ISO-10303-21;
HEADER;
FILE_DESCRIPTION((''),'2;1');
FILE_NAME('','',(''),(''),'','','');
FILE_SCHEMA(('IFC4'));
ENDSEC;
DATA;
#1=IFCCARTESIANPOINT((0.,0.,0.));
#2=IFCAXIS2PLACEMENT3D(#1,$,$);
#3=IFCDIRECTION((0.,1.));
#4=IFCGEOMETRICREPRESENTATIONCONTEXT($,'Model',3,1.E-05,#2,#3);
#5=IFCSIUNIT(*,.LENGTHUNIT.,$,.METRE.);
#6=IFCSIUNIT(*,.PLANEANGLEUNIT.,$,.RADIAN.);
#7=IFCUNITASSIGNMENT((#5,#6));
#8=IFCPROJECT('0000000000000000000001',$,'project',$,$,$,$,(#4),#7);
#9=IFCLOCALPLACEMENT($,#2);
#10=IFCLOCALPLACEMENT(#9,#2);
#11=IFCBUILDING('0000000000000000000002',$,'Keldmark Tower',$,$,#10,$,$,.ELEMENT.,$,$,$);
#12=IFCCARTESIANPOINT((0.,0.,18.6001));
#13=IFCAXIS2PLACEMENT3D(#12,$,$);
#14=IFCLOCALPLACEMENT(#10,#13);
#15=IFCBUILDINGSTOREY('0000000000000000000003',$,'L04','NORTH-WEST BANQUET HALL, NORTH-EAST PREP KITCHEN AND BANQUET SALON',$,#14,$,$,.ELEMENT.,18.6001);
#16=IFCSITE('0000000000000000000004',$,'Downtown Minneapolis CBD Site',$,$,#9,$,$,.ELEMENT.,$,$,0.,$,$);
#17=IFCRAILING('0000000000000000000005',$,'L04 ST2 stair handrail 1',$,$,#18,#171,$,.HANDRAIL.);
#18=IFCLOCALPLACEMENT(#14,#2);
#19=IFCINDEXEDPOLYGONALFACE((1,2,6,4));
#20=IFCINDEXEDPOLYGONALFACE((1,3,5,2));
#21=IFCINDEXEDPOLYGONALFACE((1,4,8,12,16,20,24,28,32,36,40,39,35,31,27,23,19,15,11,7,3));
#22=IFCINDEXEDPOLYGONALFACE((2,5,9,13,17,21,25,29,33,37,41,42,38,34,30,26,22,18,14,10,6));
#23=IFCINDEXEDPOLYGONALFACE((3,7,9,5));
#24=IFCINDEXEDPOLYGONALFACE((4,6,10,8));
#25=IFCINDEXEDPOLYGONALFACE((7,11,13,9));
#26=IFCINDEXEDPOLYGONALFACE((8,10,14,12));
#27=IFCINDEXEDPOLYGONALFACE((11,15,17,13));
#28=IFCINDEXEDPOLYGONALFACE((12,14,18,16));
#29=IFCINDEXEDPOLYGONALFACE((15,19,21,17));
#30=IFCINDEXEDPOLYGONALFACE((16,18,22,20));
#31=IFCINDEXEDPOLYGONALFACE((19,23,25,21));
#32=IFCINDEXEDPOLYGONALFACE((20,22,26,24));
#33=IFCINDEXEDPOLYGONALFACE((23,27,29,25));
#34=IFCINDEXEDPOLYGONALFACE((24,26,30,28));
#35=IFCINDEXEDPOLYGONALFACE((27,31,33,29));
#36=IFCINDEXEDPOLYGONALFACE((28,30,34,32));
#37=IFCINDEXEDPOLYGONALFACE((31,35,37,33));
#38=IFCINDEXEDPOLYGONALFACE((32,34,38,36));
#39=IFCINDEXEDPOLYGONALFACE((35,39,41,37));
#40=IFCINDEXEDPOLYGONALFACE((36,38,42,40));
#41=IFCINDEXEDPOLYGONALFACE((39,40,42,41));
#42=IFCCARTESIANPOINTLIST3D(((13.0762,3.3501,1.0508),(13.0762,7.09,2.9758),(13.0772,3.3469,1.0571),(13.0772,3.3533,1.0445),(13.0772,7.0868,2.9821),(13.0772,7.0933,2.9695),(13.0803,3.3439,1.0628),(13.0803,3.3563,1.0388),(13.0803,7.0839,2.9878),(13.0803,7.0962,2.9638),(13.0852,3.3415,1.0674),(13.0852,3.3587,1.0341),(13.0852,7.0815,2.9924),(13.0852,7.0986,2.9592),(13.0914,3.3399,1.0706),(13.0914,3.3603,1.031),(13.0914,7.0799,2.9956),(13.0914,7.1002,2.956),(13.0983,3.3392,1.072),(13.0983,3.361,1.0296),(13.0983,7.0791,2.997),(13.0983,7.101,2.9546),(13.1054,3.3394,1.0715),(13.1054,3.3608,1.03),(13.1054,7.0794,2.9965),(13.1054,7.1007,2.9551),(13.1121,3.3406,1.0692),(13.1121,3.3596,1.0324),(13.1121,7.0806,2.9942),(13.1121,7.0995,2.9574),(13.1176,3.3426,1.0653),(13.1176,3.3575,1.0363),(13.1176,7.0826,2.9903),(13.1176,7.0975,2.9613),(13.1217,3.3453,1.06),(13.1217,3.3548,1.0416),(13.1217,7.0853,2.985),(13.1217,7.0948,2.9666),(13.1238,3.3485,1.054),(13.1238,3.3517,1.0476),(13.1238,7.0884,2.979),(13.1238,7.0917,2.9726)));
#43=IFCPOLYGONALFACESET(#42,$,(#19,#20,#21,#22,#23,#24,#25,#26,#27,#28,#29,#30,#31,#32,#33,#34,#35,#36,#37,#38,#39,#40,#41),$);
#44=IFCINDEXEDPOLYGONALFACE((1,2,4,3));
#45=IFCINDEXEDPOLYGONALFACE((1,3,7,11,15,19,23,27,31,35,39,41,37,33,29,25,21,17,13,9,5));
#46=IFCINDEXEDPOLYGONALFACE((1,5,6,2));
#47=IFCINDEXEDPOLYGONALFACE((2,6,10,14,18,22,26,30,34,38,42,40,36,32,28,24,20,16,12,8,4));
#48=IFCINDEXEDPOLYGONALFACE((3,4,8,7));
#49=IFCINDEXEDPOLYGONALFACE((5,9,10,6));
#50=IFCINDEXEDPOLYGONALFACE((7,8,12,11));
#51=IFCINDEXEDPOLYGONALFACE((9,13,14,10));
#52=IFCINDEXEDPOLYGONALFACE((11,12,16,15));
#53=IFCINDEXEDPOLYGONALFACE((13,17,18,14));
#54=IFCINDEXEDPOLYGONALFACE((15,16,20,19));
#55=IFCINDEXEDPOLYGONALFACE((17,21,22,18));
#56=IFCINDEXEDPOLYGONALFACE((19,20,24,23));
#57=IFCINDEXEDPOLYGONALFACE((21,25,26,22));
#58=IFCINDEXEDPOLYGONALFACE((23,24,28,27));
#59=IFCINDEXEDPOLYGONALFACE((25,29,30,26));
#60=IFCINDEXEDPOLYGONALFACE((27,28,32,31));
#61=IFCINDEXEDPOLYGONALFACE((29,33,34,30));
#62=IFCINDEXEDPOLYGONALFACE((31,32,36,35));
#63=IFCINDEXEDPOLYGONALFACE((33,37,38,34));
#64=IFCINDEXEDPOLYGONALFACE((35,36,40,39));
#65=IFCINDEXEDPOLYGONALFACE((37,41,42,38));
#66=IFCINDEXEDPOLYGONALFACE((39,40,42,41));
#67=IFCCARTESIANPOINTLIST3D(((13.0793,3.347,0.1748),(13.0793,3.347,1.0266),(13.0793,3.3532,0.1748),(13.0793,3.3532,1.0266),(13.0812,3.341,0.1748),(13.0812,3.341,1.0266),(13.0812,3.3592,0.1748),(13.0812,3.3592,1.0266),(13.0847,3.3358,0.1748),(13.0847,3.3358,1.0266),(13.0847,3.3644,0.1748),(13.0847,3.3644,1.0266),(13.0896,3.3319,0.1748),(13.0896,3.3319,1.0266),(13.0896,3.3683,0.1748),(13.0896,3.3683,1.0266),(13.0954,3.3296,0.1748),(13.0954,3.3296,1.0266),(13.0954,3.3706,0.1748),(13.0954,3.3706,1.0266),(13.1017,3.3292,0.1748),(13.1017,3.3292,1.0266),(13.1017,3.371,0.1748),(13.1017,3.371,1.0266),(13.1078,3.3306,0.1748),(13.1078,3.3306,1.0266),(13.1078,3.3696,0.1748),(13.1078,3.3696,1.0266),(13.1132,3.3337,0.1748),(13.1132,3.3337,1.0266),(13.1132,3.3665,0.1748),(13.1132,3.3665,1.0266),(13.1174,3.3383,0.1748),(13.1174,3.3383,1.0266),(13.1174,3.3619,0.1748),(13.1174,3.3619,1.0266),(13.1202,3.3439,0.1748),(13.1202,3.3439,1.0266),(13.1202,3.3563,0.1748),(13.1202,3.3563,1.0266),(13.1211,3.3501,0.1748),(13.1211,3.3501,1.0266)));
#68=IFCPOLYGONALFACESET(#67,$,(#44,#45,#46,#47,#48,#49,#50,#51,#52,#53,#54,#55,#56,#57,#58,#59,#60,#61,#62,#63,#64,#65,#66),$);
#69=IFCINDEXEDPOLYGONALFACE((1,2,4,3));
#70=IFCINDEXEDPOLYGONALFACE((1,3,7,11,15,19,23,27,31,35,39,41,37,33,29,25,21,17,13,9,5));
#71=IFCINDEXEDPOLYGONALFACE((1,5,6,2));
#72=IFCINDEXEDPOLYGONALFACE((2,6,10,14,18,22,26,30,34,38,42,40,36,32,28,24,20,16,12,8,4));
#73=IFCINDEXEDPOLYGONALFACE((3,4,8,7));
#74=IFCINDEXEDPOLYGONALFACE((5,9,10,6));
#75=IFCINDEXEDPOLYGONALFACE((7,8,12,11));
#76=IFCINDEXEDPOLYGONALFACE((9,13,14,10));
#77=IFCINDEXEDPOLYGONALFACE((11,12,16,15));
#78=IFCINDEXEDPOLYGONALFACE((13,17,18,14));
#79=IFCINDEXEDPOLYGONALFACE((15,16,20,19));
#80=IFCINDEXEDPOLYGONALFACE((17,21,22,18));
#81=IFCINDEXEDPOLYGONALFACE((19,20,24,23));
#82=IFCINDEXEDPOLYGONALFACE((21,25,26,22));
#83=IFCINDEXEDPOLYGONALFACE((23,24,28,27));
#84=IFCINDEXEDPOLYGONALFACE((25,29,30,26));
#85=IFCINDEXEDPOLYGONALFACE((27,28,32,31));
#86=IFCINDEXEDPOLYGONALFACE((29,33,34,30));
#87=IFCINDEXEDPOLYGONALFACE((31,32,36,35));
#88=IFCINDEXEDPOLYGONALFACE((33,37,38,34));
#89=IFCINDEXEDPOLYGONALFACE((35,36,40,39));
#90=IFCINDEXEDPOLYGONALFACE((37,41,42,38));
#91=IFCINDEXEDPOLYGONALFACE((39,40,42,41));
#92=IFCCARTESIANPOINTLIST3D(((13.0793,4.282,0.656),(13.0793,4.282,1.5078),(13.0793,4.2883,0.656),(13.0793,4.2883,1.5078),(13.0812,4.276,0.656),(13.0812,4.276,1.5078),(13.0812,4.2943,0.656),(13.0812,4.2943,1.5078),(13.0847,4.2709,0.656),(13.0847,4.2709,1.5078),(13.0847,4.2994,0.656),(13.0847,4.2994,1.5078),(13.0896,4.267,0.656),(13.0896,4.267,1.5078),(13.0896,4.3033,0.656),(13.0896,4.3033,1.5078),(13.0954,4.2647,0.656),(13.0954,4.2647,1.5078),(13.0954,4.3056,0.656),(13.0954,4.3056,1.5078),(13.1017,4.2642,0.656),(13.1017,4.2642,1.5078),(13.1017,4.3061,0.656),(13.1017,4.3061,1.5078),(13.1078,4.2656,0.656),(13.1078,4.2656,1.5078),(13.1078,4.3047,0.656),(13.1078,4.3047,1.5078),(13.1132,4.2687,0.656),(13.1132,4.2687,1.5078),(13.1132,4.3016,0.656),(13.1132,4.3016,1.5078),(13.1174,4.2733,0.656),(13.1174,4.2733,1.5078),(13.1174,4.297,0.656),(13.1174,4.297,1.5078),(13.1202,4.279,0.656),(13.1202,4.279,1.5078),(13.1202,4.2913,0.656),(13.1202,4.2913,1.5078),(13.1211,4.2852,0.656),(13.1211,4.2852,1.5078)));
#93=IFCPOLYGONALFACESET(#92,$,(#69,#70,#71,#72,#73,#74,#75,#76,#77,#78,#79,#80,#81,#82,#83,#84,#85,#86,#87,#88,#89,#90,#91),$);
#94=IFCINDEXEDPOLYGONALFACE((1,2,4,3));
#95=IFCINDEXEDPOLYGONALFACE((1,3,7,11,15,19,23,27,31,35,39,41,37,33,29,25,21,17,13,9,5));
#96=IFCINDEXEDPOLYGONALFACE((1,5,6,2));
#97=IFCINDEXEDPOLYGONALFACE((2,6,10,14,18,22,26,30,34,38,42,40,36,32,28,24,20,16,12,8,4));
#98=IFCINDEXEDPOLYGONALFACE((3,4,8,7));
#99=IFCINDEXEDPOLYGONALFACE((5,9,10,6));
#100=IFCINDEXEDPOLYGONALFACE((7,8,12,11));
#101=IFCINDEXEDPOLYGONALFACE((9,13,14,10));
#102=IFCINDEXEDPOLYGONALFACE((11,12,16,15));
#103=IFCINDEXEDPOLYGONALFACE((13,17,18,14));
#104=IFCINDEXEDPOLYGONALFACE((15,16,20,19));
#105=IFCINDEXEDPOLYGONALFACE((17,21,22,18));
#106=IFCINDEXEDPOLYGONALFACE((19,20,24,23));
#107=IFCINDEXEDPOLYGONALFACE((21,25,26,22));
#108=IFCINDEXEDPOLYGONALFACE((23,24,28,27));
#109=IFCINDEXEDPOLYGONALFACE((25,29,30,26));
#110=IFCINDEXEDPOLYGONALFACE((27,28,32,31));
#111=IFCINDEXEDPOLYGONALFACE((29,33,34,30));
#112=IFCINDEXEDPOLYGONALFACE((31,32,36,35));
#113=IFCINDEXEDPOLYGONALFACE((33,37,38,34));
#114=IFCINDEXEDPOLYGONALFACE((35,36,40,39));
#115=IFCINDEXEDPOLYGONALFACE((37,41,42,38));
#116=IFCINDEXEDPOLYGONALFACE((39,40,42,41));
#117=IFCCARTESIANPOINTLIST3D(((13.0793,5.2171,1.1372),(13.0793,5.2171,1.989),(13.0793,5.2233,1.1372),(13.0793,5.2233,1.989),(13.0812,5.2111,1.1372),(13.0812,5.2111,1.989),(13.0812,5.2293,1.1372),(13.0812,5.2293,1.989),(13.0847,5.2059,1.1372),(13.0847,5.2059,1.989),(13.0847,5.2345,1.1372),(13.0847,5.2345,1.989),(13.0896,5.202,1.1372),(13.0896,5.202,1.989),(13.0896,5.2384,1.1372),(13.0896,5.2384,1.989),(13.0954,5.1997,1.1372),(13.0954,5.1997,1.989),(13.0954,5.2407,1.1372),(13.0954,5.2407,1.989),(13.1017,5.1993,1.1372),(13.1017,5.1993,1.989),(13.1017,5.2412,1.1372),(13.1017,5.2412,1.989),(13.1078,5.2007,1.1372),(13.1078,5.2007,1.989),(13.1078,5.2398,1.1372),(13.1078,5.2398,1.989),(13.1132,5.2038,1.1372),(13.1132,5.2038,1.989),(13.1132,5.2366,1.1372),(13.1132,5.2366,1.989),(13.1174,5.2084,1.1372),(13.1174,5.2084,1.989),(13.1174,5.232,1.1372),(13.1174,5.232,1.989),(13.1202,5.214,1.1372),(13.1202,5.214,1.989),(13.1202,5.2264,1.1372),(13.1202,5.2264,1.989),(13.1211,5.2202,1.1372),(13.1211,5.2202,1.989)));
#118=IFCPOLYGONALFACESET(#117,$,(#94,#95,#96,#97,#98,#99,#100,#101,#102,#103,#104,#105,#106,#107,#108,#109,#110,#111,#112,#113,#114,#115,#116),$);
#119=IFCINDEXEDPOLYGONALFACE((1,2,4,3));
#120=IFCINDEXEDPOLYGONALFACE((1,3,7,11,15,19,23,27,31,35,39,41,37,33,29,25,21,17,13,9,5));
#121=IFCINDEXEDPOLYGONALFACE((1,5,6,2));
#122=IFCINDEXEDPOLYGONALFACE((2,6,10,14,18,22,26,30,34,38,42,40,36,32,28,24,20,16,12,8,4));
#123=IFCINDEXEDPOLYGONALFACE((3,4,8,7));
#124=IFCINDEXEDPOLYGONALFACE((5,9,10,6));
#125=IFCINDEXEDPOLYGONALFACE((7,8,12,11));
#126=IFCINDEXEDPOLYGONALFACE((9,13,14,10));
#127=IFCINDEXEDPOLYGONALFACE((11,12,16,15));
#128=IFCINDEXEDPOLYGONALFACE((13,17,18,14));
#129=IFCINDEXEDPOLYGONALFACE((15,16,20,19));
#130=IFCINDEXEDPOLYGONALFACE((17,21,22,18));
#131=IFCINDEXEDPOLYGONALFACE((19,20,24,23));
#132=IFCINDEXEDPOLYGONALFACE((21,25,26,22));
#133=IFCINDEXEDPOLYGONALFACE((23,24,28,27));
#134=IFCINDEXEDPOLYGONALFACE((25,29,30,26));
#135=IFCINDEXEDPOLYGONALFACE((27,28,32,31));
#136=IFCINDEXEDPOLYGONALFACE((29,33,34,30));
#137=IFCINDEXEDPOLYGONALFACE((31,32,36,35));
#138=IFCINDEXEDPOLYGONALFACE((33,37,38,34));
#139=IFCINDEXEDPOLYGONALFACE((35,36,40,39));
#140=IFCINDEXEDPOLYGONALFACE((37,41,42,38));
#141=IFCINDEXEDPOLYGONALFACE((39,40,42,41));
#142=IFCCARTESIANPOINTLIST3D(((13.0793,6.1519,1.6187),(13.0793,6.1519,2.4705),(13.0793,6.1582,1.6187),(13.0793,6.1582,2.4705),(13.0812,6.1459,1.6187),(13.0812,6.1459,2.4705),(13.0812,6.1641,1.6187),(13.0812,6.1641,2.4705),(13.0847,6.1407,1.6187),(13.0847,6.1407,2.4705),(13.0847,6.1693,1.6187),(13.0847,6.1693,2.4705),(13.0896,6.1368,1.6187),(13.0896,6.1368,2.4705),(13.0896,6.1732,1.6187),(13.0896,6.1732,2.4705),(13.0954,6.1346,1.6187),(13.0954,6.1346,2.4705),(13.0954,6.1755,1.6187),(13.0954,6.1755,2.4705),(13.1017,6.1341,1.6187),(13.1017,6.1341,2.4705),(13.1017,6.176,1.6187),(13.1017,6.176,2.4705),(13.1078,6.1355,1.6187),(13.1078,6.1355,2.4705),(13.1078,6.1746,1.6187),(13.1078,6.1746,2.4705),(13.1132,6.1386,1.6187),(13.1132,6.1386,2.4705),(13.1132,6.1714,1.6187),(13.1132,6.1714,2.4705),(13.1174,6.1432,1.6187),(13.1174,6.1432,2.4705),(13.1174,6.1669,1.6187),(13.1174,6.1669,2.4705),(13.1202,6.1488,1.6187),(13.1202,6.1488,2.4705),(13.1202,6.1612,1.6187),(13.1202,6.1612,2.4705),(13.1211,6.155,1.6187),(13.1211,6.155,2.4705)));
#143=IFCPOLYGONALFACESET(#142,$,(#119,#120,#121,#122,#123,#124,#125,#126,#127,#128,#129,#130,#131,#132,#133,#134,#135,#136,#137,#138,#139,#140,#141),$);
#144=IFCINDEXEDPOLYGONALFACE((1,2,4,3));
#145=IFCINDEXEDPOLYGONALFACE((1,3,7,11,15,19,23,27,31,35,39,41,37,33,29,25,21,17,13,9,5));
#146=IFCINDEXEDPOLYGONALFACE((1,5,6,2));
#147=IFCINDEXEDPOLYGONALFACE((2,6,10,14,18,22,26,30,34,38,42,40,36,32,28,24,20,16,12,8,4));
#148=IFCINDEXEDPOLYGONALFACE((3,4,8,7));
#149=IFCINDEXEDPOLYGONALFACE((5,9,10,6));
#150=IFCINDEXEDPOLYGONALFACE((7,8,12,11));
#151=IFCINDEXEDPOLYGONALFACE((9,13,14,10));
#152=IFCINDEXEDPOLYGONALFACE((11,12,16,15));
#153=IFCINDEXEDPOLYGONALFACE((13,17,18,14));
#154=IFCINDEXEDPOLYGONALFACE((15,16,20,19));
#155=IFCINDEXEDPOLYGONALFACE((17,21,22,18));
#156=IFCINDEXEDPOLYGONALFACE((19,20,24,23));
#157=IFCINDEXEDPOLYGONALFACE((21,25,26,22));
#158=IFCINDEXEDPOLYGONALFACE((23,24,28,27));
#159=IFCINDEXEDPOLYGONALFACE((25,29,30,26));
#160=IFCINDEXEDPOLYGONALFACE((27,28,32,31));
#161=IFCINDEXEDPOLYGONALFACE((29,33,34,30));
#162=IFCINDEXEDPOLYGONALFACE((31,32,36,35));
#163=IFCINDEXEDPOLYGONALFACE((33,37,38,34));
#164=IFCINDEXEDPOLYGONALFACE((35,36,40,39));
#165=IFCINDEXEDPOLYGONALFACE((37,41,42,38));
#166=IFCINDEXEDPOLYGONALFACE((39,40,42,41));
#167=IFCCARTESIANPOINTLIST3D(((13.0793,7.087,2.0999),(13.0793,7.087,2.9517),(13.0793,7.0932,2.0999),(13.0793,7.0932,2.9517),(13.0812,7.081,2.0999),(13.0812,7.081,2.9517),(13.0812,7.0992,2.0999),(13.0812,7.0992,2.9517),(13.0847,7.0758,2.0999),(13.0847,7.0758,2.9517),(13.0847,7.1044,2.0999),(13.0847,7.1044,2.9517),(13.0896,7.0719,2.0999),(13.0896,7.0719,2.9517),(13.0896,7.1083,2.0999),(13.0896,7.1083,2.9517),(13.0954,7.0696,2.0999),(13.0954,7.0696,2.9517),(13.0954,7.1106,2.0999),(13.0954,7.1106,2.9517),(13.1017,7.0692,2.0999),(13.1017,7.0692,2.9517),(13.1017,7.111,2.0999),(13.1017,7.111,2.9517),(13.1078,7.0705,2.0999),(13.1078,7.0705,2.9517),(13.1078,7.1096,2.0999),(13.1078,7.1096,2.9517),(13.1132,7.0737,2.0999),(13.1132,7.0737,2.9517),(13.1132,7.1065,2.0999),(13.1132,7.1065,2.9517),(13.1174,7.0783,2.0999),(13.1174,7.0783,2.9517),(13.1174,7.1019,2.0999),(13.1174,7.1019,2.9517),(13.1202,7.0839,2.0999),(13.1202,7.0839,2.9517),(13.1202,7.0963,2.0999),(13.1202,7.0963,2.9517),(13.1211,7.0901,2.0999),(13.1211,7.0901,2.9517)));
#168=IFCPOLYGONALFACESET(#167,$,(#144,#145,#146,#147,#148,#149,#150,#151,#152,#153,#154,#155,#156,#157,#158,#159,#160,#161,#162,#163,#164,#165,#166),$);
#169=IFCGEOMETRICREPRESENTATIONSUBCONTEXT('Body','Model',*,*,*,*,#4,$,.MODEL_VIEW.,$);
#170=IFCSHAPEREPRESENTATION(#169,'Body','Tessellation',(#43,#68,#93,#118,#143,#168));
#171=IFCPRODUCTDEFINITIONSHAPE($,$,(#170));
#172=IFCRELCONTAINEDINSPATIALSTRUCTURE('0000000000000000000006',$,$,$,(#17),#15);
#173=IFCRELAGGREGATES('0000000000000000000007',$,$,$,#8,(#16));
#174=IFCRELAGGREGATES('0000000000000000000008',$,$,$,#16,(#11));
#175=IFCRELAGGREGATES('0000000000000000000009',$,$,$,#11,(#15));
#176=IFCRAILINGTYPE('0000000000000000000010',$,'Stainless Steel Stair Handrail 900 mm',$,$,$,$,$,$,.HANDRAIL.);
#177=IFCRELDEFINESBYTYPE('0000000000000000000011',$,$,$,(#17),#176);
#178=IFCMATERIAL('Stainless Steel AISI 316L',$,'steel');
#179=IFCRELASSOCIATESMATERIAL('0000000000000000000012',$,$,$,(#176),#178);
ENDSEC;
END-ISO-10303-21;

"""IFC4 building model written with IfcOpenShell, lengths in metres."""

from ifc_helpers import new_model, si_unit, direction, frame, origin, origin_2d, place, context, subcontext, project, spatial, circle, extrude, material, type_object, element, save


model = new_model("IFC4")

# Units and contexts
model_context = context("Model", 3, precision=1e-05, world=origin(), true_north=direction((0.0, 1.0)))
body_context = subcontext(model_context, "Body", "Model", "MODEL_VIEW")
ifc_project = project(units=[si_unit("LENGTHUNIT", "METRE"), si_unit("PLANEANGLEUNIT", "RADIAN")], contexts=[model_context])

# Site, building, storey
site_placement = place(None, origin())
site = spatial("IfcSite", under=ifc_project, at=site_placement, Name="Downtown Minneapolis CBD Site", CompositionType="ELEMENT", RefElevation=0.0)
building_placement = place(site_placement, origin())
building = spatial("IfcBuilding", under=site, at=building_placement, Name="Keldmark Tower", CompositionType="ELEMENT")
storey_placement = place(building_placement, frame((0.0, 0.0, 18.6001)))
storey = spatial("IfcBuildingStorey", under=building, at=storey_placement, Name="L04", Description="NORTH-WEST BANQUET HALL, NORTH-EAST PREP KITCHEN AND BANQUET SALON", CompositionType="ELEMENT", Elevation=18.6001)

# Railing
ifc_material_1 = material(Name="Stainless Steel AISI 316L", Category="steel")
railing_type_1 = type_object("IfcRailingType", Name="Stainless Steel Stair Handrail 900 mm", PredefinedType="HANDRAIL", material=ifc_material_1)
railing_1_placement = place(storey_placement, frame((13.1001, 3.3501, 0.1748)))
element("IfcRailing", 1, at=railing_1_placement, inside=storey, type_object=railing_type_1, Name="L04 ST2 stair handrail 1", PredefinedType="HANDRAIL", context=body_context, shape_type="SweptSolid", body=[
    extrude(circle(Radius=0.0239, at=origin_2d()), frame((0.0, 0.0, 0.876), z_axis=(0.0, 0.889131, 0.457654), x_axis=(-1.0, 0.0, 0.0)), (0.0, 0.0, 1.0), 4.2063),
    extrude(circle(Radius=0.021, at=origin_2d()), origin(), (0.0, 0.0, 1.0), 0.8518),
    extrude(circle(Radius=0.021, at=origin_2d()), frame((0.0, 0.9351, 0.4812)), (0.0, 0.0, 1.0), 0.8518),
    extrude(circle(Radius=0.021, at=origin_2d()), frame((0.0, 1.8701, 0.9624)), (0.0, 0.0, 1.0), 0.8518),
    extrude(circle(Radius=0.021, at=origin_2d()), frame((0.0, 2.8049, 1.4438)), (0.0, 0.0, 1.0), 0.8518),
    extrude(circle(Radius=0.021, at=origin_2d()), frame((0.0, 3.74, 1.925)), (0.0, 0.0, 1.0), 0.8518),
])

save(model, "model.ifc")
